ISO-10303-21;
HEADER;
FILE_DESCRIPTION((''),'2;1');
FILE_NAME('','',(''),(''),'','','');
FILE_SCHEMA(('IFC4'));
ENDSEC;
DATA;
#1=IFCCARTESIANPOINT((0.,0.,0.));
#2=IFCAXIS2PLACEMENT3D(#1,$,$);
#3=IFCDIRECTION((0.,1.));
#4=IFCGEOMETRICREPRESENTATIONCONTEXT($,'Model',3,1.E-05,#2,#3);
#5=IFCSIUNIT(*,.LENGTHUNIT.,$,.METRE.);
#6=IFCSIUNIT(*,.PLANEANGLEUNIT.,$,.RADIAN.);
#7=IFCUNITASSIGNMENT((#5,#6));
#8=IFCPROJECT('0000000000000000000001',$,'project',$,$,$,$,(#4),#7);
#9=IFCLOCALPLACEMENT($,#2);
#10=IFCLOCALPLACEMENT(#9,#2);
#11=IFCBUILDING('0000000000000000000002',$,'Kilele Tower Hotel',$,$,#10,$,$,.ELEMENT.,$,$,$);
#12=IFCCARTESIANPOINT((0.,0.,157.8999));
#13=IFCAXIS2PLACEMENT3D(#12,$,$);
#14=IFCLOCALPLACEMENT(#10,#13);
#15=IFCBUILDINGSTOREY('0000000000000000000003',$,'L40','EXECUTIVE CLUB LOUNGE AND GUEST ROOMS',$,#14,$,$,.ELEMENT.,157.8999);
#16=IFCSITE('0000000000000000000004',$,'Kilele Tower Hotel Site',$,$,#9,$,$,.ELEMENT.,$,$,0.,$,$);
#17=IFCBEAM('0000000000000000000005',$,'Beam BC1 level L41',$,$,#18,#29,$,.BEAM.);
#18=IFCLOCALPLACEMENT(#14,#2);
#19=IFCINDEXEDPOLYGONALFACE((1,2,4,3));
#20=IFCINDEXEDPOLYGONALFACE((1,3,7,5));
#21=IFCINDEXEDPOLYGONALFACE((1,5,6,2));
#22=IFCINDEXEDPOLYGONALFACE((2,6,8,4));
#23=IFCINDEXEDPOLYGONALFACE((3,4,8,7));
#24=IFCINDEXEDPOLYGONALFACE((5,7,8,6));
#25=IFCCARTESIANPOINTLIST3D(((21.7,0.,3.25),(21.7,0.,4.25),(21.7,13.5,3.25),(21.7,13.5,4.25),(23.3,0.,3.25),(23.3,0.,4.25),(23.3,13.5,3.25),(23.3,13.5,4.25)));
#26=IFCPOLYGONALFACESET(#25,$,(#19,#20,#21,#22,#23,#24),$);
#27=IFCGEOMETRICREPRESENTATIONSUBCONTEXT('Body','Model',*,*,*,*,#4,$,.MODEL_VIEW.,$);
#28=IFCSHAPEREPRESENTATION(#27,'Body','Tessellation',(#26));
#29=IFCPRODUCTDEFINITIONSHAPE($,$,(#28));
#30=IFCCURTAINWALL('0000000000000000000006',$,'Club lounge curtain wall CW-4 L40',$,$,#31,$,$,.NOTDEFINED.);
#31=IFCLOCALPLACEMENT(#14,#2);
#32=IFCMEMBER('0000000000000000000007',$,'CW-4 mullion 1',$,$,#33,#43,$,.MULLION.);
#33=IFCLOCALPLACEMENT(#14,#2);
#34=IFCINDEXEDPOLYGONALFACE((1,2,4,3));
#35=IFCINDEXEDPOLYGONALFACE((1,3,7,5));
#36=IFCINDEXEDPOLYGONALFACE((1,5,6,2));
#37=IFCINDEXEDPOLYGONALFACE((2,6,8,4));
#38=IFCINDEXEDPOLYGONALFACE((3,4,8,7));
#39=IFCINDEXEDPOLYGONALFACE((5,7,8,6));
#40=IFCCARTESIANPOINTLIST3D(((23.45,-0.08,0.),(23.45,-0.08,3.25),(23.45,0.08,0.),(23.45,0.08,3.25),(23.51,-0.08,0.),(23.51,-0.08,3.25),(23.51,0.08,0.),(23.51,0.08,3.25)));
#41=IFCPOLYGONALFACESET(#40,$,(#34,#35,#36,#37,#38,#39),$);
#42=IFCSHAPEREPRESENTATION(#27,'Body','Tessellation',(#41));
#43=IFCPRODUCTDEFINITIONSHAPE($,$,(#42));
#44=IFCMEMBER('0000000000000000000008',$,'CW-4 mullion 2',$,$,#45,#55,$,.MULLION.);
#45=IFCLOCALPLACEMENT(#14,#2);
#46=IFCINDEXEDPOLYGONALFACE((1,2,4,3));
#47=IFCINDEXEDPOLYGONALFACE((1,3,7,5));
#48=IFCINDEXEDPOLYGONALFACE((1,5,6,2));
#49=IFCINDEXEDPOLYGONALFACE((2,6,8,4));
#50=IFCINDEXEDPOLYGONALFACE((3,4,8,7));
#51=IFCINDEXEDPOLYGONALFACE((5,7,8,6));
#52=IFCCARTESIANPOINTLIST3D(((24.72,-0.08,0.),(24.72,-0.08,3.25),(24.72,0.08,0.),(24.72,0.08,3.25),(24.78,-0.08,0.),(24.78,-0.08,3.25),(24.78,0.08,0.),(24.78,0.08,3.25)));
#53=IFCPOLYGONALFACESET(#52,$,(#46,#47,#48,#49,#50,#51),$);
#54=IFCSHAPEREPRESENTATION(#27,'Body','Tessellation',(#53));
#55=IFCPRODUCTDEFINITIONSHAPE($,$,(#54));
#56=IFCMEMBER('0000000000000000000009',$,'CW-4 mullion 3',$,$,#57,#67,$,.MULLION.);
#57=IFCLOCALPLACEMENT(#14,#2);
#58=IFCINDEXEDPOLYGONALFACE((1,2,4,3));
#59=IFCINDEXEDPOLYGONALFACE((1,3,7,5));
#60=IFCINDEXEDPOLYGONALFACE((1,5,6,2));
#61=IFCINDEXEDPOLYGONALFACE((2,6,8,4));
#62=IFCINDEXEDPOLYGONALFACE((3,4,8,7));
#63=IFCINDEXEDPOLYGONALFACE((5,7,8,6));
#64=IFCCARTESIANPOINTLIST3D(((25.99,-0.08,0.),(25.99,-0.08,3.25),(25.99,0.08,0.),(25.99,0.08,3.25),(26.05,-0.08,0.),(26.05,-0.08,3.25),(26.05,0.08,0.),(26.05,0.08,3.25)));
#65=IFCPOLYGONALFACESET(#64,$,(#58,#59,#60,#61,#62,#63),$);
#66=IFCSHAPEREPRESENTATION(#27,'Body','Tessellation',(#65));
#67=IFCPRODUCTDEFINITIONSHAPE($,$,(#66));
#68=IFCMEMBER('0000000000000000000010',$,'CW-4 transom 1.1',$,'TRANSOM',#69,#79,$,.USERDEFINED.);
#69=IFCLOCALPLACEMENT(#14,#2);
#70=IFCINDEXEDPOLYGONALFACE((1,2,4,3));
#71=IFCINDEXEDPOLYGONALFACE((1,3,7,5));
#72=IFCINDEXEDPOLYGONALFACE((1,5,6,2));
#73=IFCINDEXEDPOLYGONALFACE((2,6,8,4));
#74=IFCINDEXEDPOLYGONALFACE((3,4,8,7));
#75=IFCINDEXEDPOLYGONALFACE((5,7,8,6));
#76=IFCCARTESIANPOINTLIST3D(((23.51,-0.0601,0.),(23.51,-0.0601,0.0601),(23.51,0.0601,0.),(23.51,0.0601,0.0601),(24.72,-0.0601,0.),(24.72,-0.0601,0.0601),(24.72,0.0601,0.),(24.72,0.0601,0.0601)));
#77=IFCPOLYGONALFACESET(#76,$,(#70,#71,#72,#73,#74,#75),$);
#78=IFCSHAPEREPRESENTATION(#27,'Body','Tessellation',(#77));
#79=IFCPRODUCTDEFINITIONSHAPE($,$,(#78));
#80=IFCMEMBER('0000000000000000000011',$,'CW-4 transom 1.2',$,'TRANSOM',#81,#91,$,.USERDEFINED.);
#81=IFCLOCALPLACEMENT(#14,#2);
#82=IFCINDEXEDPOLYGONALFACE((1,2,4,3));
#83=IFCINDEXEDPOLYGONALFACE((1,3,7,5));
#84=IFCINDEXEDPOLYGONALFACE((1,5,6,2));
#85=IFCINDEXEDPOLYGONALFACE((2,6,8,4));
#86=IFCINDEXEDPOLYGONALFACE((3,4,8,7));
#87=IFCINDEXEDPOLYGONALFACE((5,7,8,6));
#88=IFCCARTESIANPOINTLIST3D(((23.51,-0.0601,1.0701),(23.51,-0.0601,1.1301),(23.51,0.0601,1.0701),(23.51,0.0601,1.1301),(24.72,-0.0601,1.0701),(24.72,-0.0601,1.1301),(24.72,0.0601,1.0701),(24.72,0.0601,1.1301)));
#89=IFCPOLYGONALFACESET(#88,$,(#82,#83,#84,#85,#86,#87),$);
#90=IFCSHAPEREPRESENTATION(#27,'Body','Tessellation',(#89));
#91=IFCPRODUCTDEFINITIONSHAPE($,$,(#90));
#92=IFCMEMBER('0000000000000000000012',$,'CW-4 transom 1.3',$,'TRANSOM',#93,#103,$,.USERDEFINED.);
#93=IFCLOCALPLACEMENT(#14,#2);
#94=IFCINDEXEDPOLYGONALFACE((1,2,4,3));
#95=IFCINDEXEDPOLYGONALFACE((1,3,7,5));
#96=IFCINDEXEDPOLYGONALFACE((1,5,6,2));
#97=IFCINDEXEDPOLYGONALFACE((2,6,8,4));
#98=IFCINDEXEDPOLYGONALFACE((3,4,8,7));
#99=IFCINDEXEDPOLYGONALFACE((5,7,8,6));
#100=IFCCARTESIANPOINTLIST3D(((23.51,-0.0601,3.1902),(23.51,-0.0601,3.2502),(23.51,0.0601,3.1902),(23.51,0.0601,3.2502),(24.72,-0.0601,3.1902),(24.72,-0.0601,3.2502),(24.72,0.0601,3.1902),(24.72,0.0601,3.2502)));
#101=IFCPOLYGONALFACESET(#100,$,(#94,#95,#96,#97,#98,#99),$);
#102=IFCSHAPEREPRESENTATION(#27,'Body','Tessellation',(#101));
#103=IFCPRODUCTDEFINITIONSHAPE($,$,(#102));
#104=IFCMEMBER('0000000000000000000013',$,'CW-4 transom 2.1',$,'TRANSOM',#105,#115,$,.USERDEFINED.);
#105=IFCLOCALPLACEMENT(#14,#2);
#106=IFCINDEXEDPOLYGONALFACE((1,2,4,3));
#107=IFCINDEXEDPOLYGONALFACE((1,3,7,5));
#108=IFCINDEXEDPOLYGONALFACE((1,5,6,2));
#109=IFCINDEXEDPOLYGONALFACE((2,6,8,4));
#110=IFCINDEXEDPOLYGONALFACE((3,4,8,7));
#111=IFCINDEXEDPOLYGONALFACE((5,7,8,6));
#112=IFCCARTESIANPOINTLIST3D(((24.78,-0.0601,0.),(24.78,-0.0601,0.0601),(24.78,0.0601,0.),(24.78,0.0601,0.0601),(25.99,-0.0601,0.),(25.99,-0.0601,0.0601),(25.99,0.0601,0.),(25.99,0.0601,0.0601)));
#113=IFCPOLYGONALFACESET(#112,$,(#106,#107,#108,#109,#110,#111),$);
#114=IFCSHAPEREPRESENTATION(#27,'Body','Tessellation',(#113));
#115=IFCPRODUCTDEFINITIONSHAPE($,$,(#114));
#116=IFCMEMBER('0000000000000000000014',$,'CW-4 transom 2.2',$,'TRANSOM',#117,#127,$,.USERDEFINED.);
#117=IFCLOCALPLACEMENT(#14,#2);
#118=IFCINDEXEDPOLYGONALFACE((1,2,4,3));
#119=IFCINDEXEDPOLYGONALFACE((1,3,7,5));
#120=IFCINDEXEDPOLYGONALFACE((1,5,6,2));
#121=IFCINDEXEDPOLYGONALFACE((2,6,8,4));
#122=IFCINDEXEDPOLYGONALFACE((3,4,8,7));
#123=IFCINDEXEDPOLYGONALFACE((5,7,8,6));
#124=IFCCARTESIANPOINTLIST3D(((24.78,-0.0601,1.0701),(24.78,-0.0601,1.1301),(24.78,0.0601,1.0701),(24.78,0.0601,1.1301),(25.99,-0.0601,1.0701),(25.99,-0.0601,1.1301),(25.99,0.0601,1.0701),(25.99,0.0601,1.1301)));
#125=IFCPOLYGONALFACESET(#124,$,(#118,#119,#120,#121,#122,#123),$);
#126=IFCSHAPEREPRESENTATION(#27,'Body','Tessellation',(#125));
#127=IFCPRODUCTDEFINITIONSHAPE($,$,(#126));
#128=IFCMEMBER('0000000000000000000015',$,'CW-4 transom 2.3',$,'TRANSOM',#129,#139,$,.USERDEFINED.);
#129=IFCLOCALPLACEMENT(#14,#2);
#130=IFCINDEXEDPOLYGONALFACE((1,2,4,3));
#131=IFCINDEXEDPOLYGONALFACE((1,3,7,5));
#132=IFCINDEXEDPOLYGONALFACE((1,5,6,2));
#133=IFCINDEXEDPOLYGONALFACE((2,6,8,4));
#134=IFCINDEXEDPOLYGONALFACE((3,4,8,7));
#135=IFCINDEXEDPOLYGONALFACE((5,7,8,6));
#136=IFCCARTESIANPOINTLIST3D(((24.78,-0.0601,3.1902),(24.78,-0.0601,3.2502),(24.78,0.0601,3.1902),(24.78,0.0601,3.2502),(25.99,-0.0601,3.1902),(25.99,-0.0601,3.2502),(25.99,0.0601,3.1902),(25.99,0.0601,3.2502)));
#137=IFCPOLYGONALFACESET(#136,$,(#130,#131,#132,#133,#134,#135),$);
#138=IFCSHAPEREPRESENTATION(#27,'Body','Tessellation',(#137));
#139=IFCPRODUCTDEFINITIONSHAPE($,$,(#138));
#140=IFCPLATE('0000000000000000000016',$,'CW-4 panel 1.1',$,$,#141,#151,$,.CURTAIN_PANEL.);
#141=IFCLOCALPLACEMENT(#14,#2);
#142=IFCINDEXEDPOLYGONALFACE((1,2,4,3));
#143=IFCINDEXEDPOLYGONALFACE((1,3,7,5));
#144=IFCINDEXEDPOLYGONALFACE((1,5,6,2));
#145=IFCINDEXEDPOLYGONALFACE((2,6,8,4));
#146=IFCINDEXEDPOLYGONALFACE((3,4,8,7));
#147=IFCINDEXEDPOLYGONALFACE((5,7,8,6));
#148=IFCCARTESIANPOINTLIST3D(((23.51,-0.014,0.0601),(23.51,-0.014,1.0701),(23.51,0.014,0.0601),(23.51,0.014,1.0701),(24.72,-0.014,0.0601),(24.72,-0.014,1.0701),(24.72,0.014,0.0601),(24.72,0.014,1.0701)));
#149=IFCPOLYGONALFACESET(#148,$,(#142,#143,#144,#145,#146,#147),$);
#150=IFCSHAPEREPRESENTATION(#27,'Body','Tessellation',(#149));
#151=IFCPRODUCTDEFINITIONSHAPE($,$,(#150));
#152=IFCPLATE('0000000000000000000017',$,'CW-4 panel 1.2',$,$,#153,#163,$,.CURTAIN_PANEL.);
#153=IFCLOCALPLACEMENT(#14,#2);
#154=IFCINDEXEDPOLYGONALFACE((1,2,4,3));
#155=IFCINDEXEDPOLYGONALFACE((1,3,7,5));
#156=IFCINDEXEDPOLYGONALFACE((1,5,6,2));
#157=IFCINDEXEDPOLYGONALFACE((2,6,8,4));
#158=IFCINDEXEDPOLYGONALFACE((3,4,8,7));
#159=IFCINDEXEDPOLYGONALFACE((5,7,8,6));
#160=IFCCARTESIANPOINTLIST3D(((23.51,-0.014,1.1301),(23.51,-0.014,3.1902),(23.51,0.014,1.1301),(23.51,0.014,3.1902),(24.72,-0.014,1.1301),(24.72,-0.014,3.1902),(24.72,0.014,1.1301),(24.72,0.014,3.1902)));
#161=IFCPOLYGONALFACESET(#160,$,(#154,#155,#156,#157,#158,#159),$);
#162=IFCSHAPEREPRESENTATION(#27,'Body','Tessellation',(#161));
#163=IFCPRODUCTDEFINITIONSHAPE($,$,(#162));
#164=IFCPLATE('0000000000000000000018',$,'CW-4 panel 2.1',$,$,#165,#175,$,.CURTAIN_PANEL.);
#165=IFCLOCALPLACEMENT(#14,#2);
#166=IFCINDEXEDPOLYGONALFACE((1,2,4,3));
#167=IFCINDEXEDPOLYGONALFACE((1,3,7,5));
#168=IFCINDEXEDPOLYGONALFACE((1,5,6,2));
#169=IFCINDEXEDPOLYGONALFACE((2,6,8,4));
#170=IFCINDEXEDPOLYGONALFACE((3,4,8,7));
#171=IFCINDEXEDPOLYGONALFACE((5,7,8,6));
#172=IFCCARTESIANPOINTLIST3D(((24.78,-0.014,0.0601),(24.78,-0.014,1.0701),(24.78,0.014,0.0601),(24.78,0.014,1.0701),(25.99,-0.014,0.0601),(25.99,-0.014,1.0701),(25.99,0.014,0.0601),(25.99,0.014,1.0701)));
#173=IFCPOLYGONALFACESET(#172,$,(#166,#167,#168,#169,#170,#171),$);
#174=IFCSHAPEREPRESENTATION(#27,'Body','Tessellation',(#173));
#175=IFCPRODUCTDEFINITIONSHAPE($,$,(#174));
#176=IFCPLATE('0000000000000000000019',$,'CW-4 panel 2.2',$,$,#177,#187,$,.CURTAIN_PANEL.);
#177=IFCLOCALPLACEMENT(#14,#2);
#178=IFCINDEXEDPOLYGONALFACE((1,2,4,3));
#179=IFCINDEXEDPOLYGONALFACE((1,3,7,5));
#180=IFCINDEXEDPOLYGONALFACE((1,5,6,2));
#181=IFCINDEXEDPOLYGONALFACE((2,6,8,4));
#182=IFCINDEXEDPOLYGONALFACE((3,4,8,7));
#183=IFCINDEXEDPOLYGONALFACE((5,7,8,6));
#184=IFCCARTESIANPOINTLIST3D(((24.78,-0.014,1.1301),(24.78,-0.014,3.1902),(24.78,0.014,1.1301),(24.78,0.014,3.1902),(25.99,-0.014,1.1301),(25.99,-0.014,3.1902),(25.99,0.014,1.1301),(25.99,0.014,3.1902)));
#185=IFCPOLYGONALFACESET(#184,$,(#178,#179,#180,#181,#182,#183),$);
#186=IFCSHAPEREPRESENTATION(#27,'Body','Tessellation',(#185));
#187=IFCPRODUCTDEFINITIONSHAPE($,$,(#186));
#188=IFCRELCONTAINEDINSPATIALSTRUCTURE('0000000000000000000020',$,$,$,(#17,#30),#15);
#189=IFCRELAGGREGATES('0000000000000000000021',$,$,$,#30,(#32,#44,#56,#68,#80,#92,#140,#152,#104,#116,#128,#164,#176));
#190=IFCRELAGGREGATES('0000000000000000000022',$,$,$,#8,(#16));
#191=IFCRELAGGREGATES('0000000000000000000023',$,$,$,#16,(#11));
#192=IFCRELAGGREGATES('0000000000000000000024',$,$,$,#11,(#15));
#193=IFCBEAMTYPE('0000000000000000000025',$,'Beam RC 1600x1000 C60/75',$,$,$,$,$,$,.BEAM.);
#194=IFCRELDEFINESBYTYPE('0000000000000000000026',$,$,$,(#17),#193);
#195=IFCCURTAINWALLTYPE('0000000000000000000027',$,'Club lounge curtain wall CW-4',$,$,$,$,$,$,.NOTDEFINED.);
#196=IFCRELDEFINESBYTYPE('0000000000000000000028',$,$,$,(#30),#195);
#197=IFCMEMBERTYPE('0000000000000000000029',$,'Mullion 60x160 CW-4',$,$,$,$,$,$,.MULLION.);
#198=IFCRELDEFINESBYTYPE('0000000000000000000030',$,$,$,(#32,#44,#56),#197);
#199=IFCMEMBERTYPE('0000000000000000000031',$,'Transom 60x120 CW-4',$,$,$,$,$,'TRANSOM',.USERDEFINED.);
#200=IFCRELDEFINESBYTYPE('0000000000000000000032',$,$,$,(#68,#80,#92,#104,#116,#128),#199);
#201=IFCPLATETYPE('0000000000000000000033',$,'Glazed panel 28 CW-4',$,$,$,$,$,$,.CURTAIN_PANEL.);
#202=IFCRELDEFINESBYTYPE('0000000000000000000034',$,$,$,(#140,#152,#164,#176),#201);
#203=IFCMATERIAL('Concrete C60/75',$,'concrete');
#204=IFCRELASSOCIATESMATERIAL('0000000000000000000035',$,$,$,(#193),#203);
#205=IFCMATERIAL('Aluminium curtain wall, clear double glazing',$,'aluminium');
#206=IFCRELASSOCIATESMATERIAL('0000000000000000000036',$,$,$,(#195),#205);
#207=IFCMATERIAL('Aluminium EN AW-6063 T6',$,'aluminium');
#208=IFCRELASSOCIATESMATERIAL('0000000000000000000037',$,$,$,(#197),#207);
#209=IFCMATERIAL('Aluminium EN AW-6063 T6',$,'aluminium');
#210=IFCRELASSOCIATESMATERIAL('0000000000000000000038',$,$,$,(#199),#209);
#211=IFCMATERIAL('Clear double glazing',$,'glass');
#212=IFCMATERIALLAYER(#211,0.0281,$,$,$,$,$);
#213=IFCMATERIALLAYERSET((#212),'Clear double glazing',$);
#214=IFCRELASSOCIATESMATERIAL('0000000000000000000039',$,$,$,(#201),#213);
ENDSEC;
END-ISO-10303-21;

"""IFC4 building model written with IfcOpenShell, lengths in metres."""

from ifc_helpers import new_model, si_unit, direction, frame, origin, origin_2d, place, context, subcontext, project, spatial, rectangle, extrude, material, layer, layer_set, material_profile, profile_set, type_object, element, aggregate, save


model = new_model("IFC4")

# Units and contexts
model_context = context("Model", 3, precision=1e-05, world=origin(), true_north=direction((0.0, 1.0)))
body_context = subcontext(model_context, "Body", "Model", "MODEL_VIEW")
ifc_project = project(units=[si_unit("LENGTHUNIT", "METRE"), si_unit("PLANEANGLEUNIT", "RADIAN")], contexts=[model_context])

# Site, building, storey
site_placement = place(None, origin())
site = spatial("IfcSite", under=ifc_project, at=site_placement, Name="Kilele Tower Hotel Site", CompositionType="ELEMENT", RefElevation=0.0)
building_placement = place(site_placement, origin())
building = spatial("IfcBuilding", under=site, at=building_placement, Name="Kilele Tower Hotel", CompositionType="ELEMENT")
storey_placement = place(building_placement, frame((0.0, 0.0, 157.8999)))
storey = spatial("IfcBuildingStorey", under=building, at=storey_placement, Name="L40", Description="EXECUTIVE CLUB LOUNGE AND GUEST ROOMS", CompositionType="ELEMENT", Elevation=157.8999)

# Beam
ifc_material_1 = material(Name="Concrete C60/75", Category="concrete")
ifc_material_profile_1 = material_profile(ifc_material_1, rectangle(XDim=1.6001, YDim=1.0, at=origin_2d()))
ifc_profile_set_1 = profile_set([ifc_material_profile_1], Name="Concrete C60/75")
beam_type = type_object("IfcBeamType", Name="Beam RC 1600x1000 C60/75", PredefinedType="BEAM", material=ifc_profile_set_1)
beam_placement = place(storey_placement, frame((22.5, 0.0, 3.75), z_axis=(0.0, 1.0, 0.0), x_axis=(-1.0, 0.0, 0.0)))
element("IfcBeam", 1, at=beam_placement, inside=storey, type_object=beam_type, Name="Beam BC1 level L41", PredefinedType="BEAM", context=body_context, shape_type="SweptSolid", body=[
    extrude(rectangle(XDim=1.6001, YDim=1.0, at=origin_2d()), origin(), (0.0, 0.0, 1.0), 13.5),
])

# Curtain wall, members, plates
ifc_material_2 = material(Name="Aluminium curtain wall, clear double glazing", Category="aluminium")
curtain_wall_type = type_object("IfcCurtainWallType", Name="Club lounge curtain wall CW-4", PredefinedType="NOTDEFINED", material=ifc_material_2)
curtain_wall_placement = place(storey_placement, origin())
curtain_wall = element("IfcCurtainWall", 2, at=curtain_wall_placement, inside=storey, type_object=curtain_wall_type, Name="Club lounge curtain wall CW-4 L40", PredefinedType="NOTDEFINED")
ifc_material_3 = material(Name="Aluminium EN AW-6063 T6", Category="aluminium")
ifc_material_profile_2 = material_profile(ifc_material_3, rectangle(XDim=0.1599, YDim=0.0601, at=origin_2d()))
ifc_profile_set_2 = profile_set([ifc_material_profile_2], Name="Aluminium EN AW-6063 T6")
member_type_1 = type_object("IfcMemberType", Name="Mullion 60x160 CW-4", PredefinedType="MULLION", material=ifc_profile_set_2)
member_1_placement = place(storey_placement, frame((23.48, 0.0, 0.0), z_axis=(0.0, 0.0, 1.0), x_axis=(0.0, 1.0, 0.0)))
member_1 = element("IfcMember", 3, at=member_1_placement, type_object=member_type_1, Name="CW-4 mullion 1", PredefinedType="MULLION", context=body_context, shape_type="SweptSolid", body=[
    extrude(rectangle(XDim=0.1599, YDim=0.0601, at=origin_2d()), origin(), (0.0, 0.0, 1.0), 3.25),
])
member_2_placement = place(storey_placement, frame((24.75, 0.0, 0.0), z_axis=(0.0, 0.0, 1.0), x_axis=(0.0, 1.0, 0.0)))
member_2 = element("IfcMember", 4, at=member_2_placement, type_object=member_type_1, Name="CW-4 mullion 2", PredefinedType="MULLION", context=body_context, shape_type="SweptSolid", body=[
    extrude(rectangle(XDim=0.1599, YDim=0.0601, at=origin_2d()), origin(), (0.0, 0.0, 1.0), 3.25),
])
member_3_placement = place(storey_placement, frame((26.02, 0.0, 0.0), z_axis=(0.0, 0.0, 1.0), x_axis=(0.0, 1.0, 0.0)))
member_3 = element("IfcMember", 5, at=member_3_placement, type_object=member_type_1, Name="CW-4 mullion 3", PredefinedType="MULLION", context=body_context, shape_type="SweptSolid", body=[
    extrude(rectangle(XDim=0.1599, YDim=0.0601, at=origin_2d()), origin(), (0.0, 0.0, 1.0), 3.25),
])
ifc_material_4 = material(Name="Aluminium EN AW-6063 T6", Category="aluminium")
ifc_material_profile_3 = material_profile(ifc_material_4, rectangle(XDim=0.1201, YDim=0.0601, at=origin_2d()))
ifc_profile_set_3 = profile_set([ifc_material_profile_3], Name="Aluminium EN AW-6063 T6")
member_type_2 = type_object("IfcMemberType", Name="Transom 60x120 CW-4", ElementType="TRANSOM", PredefinedType="USERDEFINED", material=ifc_profile_set_3)
member_4_placement = place(storey_placement, frame((23.51, 0.0, 0.03), z_axis=(1.0, 0.0, 0.0), x_axis=(0.0, 1.0, 0.0)))
member_4 = element("IfcMember", 6, at=member_4_placement, type_object=member_type_2, Name="CW-4 transom 1.1", ObjectType="TRANSOM", PredefinedType="USERDEFINED", context=body_context, shape_type="SweptSolid", body=[
    extrude(rectangle(XDim=0.1201, YDim=0.0601, at=origin_2d()), origin(), (0.0, 0.0, 1.0), 1.21),
])
member_5_placement = place(storey_placement, frame((23.51, 0.0, 1.1001), z_axis=(1.0, 0.0, 0.0), x_axis=(0.0, 1.0, 0.0)))
member_5 = element("IfcMember", 7, at=member_5_placement, type_object=member_type_2, Name="CW-4 transom 1.2", ObjectType="TRANSOM", PredefinedType="USERDEFINED", context=body_context, shape_type="SweptSolid", body=[
    extrude(rectangle(XDim=0.1201, YDim=0.0601, at=origin_2d()), origin(), (0.0, 0.0, 1.0), 1.21),
])
member_6_placement = place(storey_placement, frame((23.51, 0.0, 3.2202), z_axis=(1.0, 0.0, 0.0), x_axis=(0.0, 1.0, 0.0)))
member_6 = element("IfcMember", 8, at=member_6_placement, type_object=member_type_2, Name="CW-4 transom 1.3", ObjectType="TRANSOM", PredefinedType="USERDEFINED", context=body_context, shape_type="SweptSolid", body=[
    extrude(rectangle(XDim=0.1201, YDim=0.0601, at=origin_2d()), origin(), (0.0, 0.0, 1.0), 1.21),
])
member_7_placement = place(storey_placement, frame((24.78, 0.0, 0.03), z_axis=(1.0, 0.0, 0.0), x_axis=(0.0, 1.0, 0.0)))
member_7 = element("IfcMember", 9, at=member_7_placement, type_object=member_type_2, Name="CW-4 transom 2.1", ObjectType="TRANSOM", PredefinedType="USERDEFINED", context=body_context, shape_type="SweptSolid", body=[
    extrude(rectangle(XDim=0.1201, YDim=0.0601, at=origin_2d()), origin(), (0.0, 0.0, 1.0), 1.21),
])
member_8_placement = place(storey_placement, frame((24.78, 0.0, 1.1001), z_axis=(1.0, 0.0, 0.0), x_axis=(0.0, 1.0, 0.0)))
member_8 = element("IfcMember", 10, at=member_8_placement, type_object=member_type_2, Name="CW-4 transom 2.2", ObjectType="TRANSOM", PredefinedType="USERDEFINED", context=body_context, shape_type="SweptSolid", body=[
    extrude(rectangle(XDim=0.1201, YDim=0.0601, at=origin_2d()), origin(), (0.0, 0.0, 1.0), 1.21),
])
member_9_placement = place(storey_placement, frame((24.78, 0.0, 3.2202), z_axis=(1.0, 0.0, 0.0), x_axis=(0.0, 1.0, 0.0)))
member_9 = element("IfcMember", 11, at=member_9_placement, type_object=member_type_2, Name="CW-4 transom 2.3", ObjectType="TRANSOM", PredefinedType="USERDEFINED", context=body_context, shape_type="SweptSolid", body=[
    extrude(rectangle(XDim=0.1201, YDim=0.0601, at=origin_2d()), origin(), (0.0, 0.0, 1.0), 1.21),
])
ifc_material_5 = material(Name="Clear double glazing", Category="glass")
ifc_layer_1 = layer(ifc_material_5, 0.0281)
ifc_layer_set_1 = layer_set([ifc_layer_1], Name="Clear double glazing")
plate_type = type_object("IfcPlateType", Name="Glazed panel 28 CW-4", PredefinedType="CURTAIN_PANEL", material=ifc_layer_set_1)
plate_1_placement = place(storey_placement, frame((24.115, 0.0, 0.0601), z_axis=(0.0, 0.0, 1.0), x_axis=(1.0, 0.0, 0.0)))
plate_1 = element("IfcPlate", 12, at=plate_1_placement, type_object=plate_type, Name="CW-4 panel 1.1", PredefinedType="CURTAIN_PANEL", context=body_context, shape_type="SweptSolid", body=[
    extrude(rectangle(XDim=1.21, YDim=0.0281, at=origin_2d()), origin(), (0.0, 0.0, 1.0), 1.01),
])
plate_2_placement = place(storey_placement, frame((24.115, 0.0, 1.1301), z_axis=(0.0, 0.0, 1.0), x_axis=(1.0, 0.0, 0.0)))
plate_2 = element("IfcPlate", 13, at=plate_2_placement, type_object=plate_type, Name="CW-4 panel 1.2", PredefinedType="CURTAIN_PANEL", context=body_context, shape_type="SweptSolid", body=[
    extrude(rectangle(XDim=1.21, YDim=0.0281, at=origin_2d()), origin(), (0.0, 0.0, 1.0), 2.0601),
])
plate_3_placement = place(storey_placement, frame((25.385, 0.0, 0.0601), z_axis=(0.0, 0.0, 1.0), x_axis=(1.0, 0.0, 0.0)))
plate_3 = element("IfcPlate", 14, at=plate_3_placement, type_object=plate_type, Name="CW-4 panel 2.1", PredefinedType="CURTAIN_PANEL", context=body_context, shape_type="SweptSolid", body=[
    extrude(rectangle(XDim=1.21, YDim=0.0281, at=origin_2d()), origin(), (0.0, 0.0, 1.0), 1.01),
])
plate_4_placement = place(storey_placement, frame((25.385, 0.0, 1.1301), z_axis=(0.0, 0.0, 1.0), x_axis=(1.0, 0.0, 0.0)))
plate_4 = element("IfcPlate", 15, at=plate_4_placement, type_object=plate_type, Name="CW-4 panel 2.2", PredefinedType="CURTAIN_PANEL", context=body_context, shape_type="SweptSolid", body=[
    extrude(rectangle(XDim=1.21, YDim=0.0281, at=origin_2d()), origin(), (0.0, 0.0, 1.0), 2.0601),
])
aggregate(curtain_wall, [member_1, member_2, member_3, member_4, member_5, member_6, plate_1, plate_2, member_7, member_8, member_9, plate_3, plate_4])

save(model, "model.ifc")
